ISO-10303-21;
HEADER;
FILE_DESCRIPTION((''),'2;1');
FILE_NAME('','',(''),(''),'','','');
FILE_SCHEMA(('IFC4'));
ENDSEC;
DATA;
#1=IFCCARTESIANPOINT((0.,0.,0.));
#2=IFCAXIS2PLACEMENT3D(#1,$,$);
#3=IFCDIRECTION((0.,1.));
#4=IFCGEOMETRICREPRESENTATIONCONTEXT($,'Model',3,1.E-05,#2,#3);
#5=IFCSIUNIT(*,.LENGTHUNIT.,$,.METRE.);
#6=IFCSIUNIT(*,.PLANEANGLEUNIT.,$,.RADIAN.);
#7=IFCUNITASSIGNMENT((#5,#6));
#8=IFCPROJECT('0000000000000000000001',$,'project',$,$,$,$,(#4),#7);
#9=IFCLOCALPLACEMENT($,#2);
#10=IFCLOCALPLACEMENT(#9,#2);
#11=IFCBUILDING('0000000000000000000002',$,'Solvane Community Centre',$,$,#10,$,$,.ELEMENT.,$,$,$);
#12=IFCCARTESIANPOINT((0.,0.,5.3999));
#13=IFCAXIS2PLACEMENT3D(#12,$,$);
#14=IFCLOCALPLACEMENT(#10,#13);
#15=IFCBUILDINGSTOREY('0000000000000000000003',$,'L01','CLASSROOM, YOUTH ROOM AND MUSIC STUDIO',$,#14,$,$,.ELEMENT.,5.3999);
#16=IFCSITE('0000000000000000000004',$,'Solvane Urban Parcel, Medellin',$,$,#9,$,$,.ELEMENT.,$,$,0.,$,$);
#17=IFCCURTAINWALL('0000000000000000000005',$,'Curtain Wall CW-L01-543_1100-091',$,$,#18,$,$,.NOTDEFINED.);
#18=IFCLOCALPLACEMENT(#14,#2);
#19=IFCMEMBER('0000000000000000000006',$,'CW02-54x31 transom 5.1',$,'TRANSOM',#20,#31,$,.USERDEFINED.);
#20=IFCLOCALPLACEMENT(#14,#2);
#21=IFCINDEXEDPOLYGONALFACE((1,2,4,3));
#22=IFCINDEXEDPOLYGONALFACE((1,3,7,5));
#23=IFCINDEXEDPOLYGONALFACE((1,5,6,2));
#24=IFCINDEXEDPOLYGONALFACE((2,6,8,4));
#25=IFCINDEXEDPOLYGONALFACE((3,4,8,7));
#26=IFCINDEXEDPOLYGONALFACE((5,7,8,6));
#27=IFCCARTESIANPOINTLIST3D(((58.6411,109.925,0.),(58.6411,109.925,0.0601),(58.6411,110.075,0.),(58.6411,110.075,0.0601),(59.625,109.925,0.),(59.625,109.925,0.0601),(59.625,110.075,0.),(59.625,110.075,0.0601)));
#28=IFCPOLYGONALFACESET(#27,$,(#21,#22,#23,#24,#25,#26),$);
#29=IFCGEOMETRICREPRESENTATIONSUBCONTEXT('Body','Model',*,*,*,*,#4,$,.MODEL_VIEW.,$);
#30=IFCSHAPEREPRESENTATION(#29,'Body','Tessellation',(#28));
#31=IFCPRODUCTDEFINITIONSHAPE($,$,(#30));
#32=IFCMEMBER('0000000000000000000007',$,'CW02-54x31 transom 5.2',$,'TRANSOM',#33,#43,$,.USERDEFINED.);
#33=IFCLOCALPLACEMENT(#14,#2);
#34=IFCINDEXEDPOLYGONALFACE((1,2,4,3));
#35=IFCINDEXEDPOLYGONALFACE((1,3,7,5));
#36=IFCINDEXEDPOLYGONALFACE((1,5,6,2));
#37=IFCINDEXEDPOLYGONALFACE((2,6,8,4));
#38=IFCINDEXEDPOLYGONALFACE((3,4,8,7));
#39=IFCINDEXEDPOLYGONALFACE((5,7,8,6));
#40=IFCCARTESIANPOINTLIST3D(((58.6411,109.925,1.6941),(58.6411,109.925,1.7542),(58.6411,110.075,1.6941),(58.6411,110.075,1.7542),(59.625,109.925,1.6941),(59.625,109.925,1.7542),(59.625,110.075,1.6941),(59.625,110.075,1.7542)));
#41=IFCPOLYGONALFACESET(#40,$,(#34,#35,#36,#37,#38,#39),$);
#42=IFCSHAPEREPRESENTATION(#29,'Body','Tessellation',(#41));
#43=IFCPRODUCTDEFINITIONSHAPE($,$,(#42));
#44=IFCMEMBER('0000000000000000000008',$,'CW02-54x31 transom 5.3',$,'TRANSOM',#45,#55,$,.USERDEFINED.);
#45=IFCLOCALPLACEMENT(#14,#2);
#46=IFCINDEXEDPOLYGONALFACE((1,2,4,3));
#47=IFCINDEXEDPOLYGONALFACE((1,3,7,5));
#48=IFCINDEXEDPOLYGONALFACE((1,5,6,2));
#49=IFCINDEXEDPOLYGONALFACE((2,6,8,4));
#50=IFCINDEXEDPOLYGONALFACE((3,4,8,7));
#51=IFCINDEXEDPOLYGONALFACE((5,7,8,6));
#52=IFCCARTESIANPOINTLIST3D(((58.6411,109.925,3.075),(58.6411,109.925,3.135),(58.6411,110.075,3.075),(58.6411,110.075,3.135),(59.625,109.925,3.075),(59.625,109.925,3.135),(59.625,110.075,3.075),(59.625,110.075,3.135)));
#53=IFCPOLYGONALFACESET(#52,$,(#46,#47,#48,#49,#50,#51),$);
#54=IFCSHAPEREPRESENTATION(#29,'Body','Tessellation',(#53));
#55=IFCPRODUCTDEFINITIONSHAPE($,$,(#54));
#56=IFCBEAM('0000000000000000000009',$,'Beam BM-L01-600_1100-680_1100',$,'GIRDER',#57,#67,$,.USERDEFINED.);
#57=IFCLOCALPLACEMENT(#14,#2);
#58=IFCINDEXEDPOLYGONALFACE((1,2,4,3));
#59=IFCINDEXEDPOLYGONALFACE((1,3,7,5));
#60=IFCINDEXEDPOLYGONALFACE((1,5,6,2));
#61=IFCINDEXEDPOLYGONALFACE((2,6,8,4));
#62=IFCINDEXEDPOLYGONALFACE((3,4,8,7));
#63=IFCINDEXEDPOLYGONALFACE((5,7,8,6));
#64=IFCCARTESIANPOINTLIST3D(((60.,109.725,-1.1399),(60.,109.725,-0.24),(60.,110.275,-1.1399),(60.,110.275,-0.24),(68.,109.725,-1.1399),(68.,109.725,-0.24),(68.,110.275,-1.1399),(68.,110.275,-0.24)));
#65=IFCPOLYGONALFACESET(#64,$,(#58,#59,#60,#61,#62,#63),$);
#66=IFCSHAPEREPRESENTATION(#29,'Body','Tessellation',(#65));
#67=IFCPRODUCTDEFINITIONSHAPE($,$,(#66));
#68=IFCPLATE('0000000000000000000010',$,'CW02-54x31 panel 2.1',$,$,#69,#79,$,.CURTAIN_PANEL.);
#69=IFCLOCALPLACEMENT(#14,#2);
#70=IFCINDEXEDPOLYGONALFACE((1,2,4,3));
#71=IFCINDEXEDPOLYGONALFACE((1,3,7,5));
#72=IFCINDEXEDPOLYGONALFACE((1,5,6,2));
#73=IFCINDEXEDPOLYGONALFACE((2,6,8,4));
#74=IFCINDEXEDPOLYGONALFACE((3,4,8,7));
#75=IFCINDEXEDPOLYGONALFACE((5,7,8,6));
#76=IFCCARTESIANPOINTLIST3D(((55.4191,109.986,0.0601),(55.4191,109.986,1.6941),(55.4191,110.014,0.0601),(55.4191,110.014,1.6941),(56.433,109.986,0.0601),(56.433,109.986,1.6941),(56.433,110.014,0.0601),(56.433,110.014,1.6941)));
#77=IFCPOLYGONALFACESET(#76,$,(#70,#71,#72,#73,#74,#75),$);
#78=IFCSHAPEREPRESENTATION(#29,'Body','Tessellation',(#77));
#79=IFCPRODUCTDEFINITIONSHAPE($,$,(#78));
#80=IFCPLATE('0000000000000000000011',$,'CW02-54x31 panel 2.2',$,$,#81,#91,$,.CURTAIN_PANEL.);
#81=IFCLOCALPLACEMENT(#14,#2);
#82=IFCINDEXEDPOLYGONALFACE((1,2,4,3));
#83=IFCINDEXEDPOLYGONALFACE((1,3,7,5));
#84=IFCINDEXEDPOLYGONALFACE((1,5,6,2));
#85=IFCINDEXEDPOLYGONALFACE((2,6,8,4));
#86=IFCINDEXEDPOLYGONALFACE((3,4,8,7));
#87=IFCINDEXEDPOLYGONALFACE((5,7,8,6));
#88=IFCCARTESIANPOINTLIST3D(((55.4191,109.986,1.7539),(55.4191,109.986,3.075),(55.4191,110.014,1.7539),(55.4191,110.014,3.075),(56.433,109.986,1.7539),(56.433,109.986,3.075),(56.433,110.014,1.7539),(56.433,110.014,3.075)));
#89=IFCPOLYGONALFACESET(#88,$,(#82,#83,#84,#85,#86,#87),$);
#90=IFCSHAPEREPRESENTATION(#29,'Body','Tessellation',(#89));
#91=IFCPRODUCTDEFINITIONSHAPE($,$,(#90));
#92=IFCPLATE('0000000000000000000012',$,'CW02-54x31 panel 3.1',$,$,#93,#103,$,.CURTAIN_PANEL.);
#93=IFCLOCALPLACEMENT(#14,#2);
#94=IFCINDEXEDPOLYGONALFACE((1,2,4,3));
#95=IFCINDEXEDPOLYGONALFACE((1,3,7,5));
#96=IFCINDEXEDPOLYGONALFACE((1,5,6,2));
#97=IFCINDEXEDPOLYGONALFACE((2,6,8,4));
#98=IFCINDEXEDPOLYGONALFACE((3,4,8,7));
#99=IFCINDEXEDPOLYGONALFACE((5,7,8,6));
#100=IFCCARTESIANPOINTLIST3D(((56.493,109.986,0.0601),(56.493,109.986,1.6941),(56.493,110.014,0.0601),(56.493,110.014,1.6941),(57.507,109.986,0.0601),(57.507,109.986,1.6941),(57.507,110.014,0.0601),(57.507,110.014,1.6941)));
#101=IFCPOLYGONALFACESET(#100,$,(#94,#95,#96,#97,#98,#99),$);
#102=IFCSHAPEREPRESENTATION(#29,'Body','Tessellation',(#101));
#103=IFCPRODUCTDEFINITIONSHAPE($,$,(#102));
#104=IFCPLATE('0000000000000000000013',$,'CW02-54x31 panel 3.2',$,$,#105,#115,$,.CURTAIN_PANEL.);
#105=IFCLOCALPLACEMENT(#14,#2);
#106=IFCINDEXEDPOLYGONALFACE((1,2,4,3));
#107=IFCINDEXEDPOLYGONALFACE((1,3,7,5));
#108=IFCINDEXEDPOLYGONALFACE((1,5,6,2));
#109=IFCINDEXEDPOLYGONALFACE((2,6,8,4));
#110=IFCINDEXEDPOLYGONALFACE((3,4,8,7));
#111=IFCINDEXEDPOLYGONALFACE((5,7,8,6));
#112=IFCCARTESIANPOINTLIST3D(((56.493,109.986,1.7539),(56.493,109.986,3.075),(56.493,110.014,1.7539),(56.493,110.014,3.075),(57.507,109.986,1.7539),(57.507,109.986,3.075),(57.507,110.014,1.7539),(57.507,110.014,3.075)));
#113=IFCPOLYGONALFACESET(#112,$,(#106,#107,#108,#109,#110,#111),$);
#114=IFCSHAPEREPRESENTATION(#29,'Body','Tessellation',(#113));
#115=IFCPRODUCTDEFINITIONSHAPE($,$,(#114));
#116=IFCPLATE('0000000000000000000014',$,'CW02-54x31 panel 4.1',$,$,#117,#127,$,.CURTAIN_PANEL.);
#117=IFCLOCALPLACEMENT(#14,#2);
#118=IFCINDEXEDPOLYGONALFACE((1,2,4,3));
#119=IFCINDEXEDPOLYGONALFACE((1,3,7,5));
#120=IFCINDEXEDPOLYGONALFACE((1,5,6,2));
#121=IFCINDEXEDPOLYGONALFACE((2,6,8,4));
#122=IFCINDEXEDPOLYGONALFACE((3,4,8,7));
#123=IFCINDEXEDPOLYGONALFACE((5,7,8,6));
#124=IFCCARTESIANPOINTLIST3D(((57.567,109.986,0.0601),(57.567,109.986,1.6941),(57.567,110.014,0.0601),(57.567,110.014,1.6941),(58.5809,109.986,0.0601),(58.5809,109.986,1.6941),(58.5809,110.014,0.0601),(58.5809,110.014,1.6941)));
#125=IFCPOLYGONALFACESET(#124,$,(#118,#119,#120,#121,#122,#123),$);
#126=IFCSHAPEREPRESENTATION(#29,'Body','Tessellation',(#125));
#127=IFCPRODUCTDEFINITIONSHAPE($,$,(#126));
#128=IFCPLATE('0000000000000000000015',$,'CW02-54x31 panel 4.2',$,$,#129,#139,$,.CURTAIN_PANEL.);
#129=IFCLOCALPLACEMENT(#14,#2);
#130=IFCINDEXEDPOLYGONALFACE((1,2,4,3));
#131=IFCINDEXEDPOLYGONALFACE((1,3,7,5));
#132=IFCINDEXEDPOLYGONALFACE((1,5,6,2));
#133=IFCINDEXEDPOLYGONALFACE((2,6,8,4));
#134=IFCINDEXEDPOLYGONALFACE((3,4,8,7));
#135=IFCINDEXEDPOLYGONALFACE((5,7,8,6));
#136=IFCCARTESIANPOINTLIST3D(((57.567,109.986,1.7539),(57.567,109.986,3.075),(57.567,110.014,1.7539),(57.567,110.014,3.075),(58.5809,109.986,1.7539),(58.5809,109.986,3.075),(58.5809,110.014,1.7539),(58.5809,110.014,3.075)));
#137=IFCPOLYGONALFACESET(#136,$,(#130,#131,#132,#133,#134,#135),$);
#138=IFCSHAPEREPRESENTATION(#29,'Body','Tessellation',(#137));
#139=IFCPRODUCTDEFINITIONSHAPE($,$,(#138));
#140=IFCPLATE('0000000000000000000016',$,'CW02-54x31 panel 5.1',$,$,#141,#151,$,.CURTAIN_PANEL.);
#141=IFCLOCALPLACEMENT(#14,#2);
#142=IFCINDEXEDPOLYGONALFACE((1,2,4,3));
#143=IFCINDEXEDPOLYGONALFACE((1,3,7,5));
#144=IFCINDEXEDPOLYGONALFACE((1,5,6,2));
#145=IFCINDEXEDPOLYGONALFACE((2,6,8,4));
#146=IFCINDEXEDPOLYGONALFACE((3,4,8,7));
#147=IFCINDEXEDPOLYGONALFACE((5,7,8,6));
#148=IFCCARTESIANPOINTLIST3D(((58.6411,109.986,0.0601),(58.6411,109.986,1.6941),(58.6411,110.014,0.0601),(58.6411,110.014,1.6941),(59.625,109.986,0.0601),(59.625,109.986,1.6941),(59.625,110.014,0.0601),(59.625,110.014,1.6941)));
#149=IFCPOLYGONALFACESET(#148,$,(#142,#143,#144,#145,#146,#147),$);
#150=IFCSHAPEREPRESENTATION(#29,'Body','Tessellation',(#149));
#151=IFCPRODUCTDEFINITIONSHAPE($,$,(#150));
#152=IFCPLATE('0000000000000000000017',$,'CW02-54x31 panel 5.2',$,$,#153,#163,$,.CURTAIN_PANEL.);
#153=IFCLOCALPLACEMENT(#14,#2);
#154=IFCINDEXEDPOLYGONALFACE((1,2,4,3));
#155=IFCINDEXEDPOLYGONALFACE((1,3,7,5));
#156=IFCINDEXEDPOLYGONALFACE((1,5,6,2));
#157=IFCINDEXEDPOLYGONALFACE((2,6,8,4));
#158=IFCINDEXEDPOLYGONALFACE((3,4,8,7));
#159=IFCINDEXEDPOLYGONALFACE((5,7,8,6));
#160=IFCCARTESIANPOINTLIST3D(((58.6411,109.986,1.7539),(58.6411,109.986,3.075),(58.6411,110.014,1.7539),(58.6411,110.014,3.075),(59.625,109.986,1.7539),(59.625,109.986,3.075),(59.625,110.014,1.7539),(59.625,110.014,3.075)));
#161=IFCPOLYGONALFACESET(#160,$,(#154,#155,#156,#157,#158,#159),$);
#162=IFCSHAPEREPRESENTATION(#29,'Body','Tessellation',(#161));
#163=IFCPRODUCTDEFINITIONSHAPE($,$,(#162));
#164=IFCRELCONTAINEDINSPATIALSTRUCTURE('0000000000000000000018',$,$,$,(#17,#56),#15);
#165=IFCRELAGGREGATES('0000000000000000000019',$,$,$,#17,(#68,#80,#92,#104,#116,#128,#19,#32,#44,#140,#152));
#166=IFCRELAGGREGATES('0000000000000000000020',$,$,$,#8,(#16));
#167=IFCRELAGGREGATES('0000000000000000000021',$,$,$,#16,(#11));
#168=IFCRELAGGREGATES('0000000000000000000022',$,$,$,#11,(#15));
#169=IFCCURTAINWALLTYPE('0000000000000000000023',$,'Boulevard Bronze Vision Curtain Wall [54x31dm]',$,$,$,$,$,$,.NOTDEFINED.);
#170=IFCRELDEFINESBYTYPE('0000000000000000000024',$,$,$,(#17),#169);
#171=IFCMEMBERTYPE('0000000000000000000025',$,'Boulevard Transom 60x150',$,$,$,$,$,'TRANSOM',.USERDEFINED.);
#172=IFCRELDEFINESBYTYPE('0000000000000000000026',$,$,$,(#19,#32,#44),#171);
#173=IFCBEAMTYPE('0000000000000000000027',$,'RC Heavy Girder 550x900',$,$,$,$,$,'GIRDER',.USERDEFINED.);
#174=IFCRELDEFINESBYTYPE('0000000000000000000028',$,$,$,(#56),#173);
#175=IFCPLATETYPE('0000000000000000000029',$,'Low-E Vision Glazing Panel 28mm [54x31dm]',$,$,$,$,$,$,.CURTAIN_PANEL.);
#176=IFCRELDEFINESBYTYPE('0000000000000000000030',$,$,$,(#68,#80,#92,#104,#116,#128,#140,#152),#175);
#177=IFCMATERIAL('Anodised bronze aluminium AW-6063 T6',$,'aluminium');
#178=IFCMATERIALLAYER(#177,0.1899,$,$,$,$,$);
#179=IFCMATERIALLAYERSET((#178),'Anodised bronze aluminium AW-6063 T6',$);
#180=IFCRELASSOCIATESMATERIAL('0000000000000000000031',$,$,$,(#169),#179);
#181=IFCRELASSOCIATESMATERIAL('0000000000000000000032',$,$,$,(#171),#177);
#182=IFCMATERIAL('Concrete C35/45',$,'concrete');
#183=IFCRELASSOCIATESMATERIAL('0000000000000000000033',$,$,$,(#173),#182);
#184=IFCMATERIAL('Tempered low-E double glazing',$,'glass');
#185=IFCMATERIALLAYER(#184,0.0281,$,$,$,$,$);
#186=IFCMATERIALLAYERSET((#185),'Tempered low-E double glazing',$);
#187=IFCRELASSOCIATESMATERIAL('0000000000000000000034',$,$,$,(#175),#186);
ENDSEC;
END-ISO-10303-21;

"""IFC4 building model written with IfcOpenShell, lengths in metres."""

from ifc_helpers import new_model, si_unit, direction, frame, origin, origin_2d, place, context, subcontext, project, spatial, rectangle, extrude, material, layer, layer_set, material_profile, profile_set, type_object, element, aggregate, save


model = new_model("IFC4")

# Units and contexts
model_context = context("Model", 3, precision=1e-05, world=origin(), true_north=direction((0.0, 1.0)))
body_context = subcontext(model_context, "Body", "Model", "MODEL_VIEW")
ifc_project = project(units=[si_unit("LENGTHUNIT", "METRE"), si_unit("PLANEANGLEUNIT", "RADIAN")], contexts=[model_context])

# Site, building, storey
site_placement = place(None, origin())
site = spatial("IfcSite", under=ifc_project, at=site_placement, Name="Solvane Urban Parcel, Medellin", CompositionType="ELEMENT", RefElevation=0.0)
building_placement = place(site_placement, origin())
building = spatial("IfcBuilding", under=site, at=building_placement, Name="Solvane Community Centre", CompositionType="ELEMENT")
storey_placement = place(building_placement, frame((0.0, 0.0, 5.3999)))
storey = spatial("IfcBuildingStorey", under=building, at=storey_placement, Name="L01", Description="CLASSROOM, YOUTH ROOM AND MUSIC STUDIO", CompositionType="ELEMENT", Elevation=5.3999)

# Shared definitions
ifc_material_1 = material(Name="Concrete C35/45", Category="concrete")

# Curtain wall, members
ifc_material_2 = material(Name="Anodised bronze aluminium AW-6063 T6", Category="aluminium")
ifc_layer_1 = layer(ifc_material_2, 0.1899)
ifc_layer_set_1 = layer_set([ifc_layer_1], Name="Anodised bronze aluminium AW-6063 T6")
curtain_wall_type = type_object("IfcCurtainWallType", Name="Boulevard Bronze Vision Curtain Wall [54x31dm]", PredefinedType="NOTDEFINED", material=ifc_layer_set_1)
curtain_wall_placement = place(storey_placement, origin())
curtain_wall = element("IfcCurtainWall", 1, at=curtain_wall_placement, inside=storey, type_object=curtain_wall_type, Name="Curtain Wall CW-L01-543_1100-091", PredefinedType="NOTDEFINED")
ifc_material_profile_1 = material_profile(ifc_material_2, rectangle(XDim=0.1499, YDim=0.0601, at=origin_2d()), Name="CW-T 60x150")
ifc_profile_set_1 = profile_set([ifc_material_profile_1], Name="Anodised bronze aluminium AW-6063 T6")
member_type_1 = type_object("IfcMemberType", Name="Boulevard Transom 60x150", ElementType="TRANSOM", PredefinedType="USERDEFINED", material=ifc_profile_set_1)
member_1_placement = place(storey_placement, frame((58.6411, 110.0, 0.03), z_axis=(1.0, 0.0, 0.0), x_axis=(0.0, 1.0, 0.0)))
member_1 = element("IfcMember", 2, at=member_1_placement, type_object=member_type_1, Name="CW02-54x31 transom 5.1", ObjectType="TRANSOM", PredefinedType="USERDEFINED", context=body_context, shape_type="SweptSolid", body=[
    extrude(rectangle(XDim=0.1499, YDim=0.0601, at=origin_2d()), origin(), (0.0, 0.0, 1.0), 0.9839),
])
member_2_placement = place(storey_placement, frame((58.6411, 110.0, 1.7241), z_axis=(1.0, 0.0, 0.0), x_axis=(0.0, 1.0, 0.0)))
member_2 = element("IfcMember", 3, at=member_2_placement, type_object=member_type_1, Name="CW02-54x31 transom 5.2", ObjectType="TRANSOM", PredefinedType="USERDEFINED", context=body_context, shape_type="SweptSolid", body=[
    extrude(rectangle(XDim=0.1499, YDim=0.0601, at=origin_2d()), origin(), (0.0, 0.0, 1.0), 0.9839),
])
member_3_placement = place(storey_placement, frame((58.6411, 110.0, 3.105), z_axis=(1.0, 0.0, 0.0), x_axis=(0.0, 1.0, 0.0)))
member_3 = element("IfcMember", 4, at=member_3_placement, type_object=member_type_1, Name="CW02-54x31 transom 5.3", ObjectType="TRANSOM", PredefinedType="USERDEFINED", context=body_context, shape_type="SweptSolid", body=[
    extrude(rectangle(XDim=0.1499, YDim=0.0601, at=origin_2d()), origin(), (0.0, 0.0, 1.0), 0.9839),
])

# Beam
ifc_material_profile_2 = material_profile(ifc_material_1, rectangle(XDim=0.55, YDim=0.8999, at=origin_2d()), Name="RC 550x900")
ifc_profile_set_2 = profile_set([ifc_material_profile_2], Name="Concrete C35/45")
beam_type = type_object("IfcBeamType", Name="RC Heavy Girder 550x900", ElementType="GIRDER", PredefinedType="USERDEFINED", material=ifc_profile_set_2)
beam_placement = place(storey_placement, frame((60.0, 110.0, -0.6899), z_axis=(1.0, 0.0, 0.0), x_axis=(0.0, 1.0, 0.0)))
element("IfcBeam", 5, at=beam_placement, inside=storey, type_object=beam_type, Name="Beam BM-L01-600_1100-680_1100", ObjectType="GIRDER", PredefinedType="USERDEFINED", context=body_context, shape_type="SweptSolid", body=[
    extrude(rectangle(XDim=0.55, YDim=0.8999, at=origin_2d()), origin(), (0.0, 0.0, 1.0), 8.0),
])

# Plates
ifc_material_3 = material(Name="Tempered low-E double glazing", Category="glass")
ifc_layer_2 = layer(ifc_material_3, 0.0281)
ifc_layer_set_2 = layer_set([ifc_layer_2], Name="Tempered low-E double glazing")
plate_type = type_object("IfcPlateType", Name="Low-E Vision Glazing Panel 28mm [54x31dm]", PredefinedType="CURTAIN_PANEL", material=ifc_layer_set_2)
plate_1_placement = place(storey_placement, frame((55.926, 110.0, 0.0601), z_axis=(0.0, 0.0, 1.0), x_axis=(1.0, 0.0, 0.0)))
plate_1 = element("IfcPlate", 6, at=plate_1_placement, type_object=plate_type, Name="CW02-54x31 panel 2.1", PredefinedType="CURTAIN_PANEL", context=body_context, shape_type="SweptSolid", body=[
    extrude(rectangle(XDim=1.0139, YDim=0.0281, at=origin_2d()), origin(), (0.0, 0.0, 1.0), 1.634),
])
plate_2_placement = place(storey_placement, frame((55.926, 110.0, 1.7539), z_axis=(0.0, 0.0, 1.0), x_axis=(1.0, 0.0, 0.0)))
plate_2 = element("IfcPlate", 7, at=plate_2_placement, type_object=plate_type, Name="CW02-54x31 panel 2.2", PredefinedType="CURTAIN_PANEL", context=body_context, shape_type="SweptSolid", body=[
    extrude(rectangle(XDim=1.0139, YDim=0.0281, at=origin_2d()), origin(), (0.0, 0.0, 1.0), 1.321),
])
plate_3_placement = place(storey_placement, frame((57.0, 110.0, 0.0601), z_axis=(0.0, 0.0, 1.0), x_axis=(1.0, 0.0, 0.0)))
plate_3 = element("IfcPlate", 8, at=plate_3_placement, type_object=plate_type, Name="CW02-54x31 panel 3.1", PredefinedType="CURTAIN_PANEL", context=body_context, shape_type="SweptSolid", body=[
    extrude(rectangle(XDim=1.0139, YDim=0.0281, at=origin_2d()), origin(), (0.0, 0.0, 1.0), 1.634),
])
plate_4_placement = place(storey_placement, frame((57.0, 110.0, 1.7539), z_axis=(0.0, 0.0, 1.0), x_axis=(1.0, 0.0, 0.0)))
plate_4 = element("IfcPlate", 9, at=plate_4_placement, type_object=plate_type, Name="CW02-54x31 panel 3.2", PredefinedType="CURTAIN_PANEL", context=body_context, shape_type="SweptSolid", body=[
    extrude(rectangle(XDim=1.0139, YDim=0.0281, at=origin_2d()), origin(), (0.0, 0.0, 1.0), 1.321),
])
plate_5_placement = place(storey_placement, frame((58.074, 110.0, 0.0601), z_axis=(0.0, 0.0, 1.0), x_axis=(1.0, 0.0, 0.0)))
plate_5 = element("IfcPlate", 10, at=plate_5_placement, type_object=plate_type, Name="CW02-54x31 panel 4.1", PredefinedType="CURTAIN_PANEL", context=body_context, shape_type="SweptSolid", body=[
    extrude(rectangle(XDim=1.0139, YDim=0.0281, at=origin_2d()), origin(), (0.0, 0.0, 1.0), 1.634),
])
plate_6_placement = place(storey_placement, frame((58.074, 110.0, 1.7539), z_axis=(0.0, 0.0, 1.0), x_axis=(1.0, 0.0, 0.0)))
plate_6 = element("IfcPlate", 11, at=plate_6_placement, type_object=plate_type, Name="CW02-54x31 panel 4.2", PredefinedType="CURTAIN_PANEL", context=body_context, shape_type="SweptSolid", body=[
    extrude(rectangle(XDim=1.0139, YDim=0.0281, at=origin_2d()), origin(), (0.0, 0.0, 1.0), 1.321),
])
plate_7_placement = place(storey_placement, frame((59.1331, 110.0, 0.0601), z_axis=(0.0, 0.0, 1.0), x_axis=(1.0, 0.0, 0.0)))
plate_7 = element("IfcPlate", 12, at=plate_7_placement, type_object=plate_type, Name="CW02-54x31 panel 5.1", PredefinedType="CURTAIN_PANEL", context=body_context, shape_type="SweptSolid", body=[
    extrude(rectangle(XDim=0.9839, YDim=0.0281, at=origin_2d()), origin(), (0.0, 0.0, 1.0), 1.634),
])
plate_8_placement = place(storey_placement, frame((59.1331, 110.0, 1.7539), z_axis=(0.0, 0.0, 1.0), x_axis=(1.0, 0.0, 0.0)))
plate_8 = element("IfcPlate", 13, at=plate_8_placement, type_object=plate_type, Name="CW02-54x31 panel 5.2", PredefinedType="CURTAIN_PANEL", context=body_context, shape_type="SweptSolid", body=[
    extrude(rectangle(XDim=0.9839, YDim=0.0281, at=origin_2d()), origin(), (0.0, 0.0, 1.0), 1.321),
])
aggregate(curtain_wall, [plate_1, plate_2, plate_3, plate_4, plate_5, plate_6, member_1, member_2, member_3, plate_7, plate_8])

save(model, "model.ifc")
